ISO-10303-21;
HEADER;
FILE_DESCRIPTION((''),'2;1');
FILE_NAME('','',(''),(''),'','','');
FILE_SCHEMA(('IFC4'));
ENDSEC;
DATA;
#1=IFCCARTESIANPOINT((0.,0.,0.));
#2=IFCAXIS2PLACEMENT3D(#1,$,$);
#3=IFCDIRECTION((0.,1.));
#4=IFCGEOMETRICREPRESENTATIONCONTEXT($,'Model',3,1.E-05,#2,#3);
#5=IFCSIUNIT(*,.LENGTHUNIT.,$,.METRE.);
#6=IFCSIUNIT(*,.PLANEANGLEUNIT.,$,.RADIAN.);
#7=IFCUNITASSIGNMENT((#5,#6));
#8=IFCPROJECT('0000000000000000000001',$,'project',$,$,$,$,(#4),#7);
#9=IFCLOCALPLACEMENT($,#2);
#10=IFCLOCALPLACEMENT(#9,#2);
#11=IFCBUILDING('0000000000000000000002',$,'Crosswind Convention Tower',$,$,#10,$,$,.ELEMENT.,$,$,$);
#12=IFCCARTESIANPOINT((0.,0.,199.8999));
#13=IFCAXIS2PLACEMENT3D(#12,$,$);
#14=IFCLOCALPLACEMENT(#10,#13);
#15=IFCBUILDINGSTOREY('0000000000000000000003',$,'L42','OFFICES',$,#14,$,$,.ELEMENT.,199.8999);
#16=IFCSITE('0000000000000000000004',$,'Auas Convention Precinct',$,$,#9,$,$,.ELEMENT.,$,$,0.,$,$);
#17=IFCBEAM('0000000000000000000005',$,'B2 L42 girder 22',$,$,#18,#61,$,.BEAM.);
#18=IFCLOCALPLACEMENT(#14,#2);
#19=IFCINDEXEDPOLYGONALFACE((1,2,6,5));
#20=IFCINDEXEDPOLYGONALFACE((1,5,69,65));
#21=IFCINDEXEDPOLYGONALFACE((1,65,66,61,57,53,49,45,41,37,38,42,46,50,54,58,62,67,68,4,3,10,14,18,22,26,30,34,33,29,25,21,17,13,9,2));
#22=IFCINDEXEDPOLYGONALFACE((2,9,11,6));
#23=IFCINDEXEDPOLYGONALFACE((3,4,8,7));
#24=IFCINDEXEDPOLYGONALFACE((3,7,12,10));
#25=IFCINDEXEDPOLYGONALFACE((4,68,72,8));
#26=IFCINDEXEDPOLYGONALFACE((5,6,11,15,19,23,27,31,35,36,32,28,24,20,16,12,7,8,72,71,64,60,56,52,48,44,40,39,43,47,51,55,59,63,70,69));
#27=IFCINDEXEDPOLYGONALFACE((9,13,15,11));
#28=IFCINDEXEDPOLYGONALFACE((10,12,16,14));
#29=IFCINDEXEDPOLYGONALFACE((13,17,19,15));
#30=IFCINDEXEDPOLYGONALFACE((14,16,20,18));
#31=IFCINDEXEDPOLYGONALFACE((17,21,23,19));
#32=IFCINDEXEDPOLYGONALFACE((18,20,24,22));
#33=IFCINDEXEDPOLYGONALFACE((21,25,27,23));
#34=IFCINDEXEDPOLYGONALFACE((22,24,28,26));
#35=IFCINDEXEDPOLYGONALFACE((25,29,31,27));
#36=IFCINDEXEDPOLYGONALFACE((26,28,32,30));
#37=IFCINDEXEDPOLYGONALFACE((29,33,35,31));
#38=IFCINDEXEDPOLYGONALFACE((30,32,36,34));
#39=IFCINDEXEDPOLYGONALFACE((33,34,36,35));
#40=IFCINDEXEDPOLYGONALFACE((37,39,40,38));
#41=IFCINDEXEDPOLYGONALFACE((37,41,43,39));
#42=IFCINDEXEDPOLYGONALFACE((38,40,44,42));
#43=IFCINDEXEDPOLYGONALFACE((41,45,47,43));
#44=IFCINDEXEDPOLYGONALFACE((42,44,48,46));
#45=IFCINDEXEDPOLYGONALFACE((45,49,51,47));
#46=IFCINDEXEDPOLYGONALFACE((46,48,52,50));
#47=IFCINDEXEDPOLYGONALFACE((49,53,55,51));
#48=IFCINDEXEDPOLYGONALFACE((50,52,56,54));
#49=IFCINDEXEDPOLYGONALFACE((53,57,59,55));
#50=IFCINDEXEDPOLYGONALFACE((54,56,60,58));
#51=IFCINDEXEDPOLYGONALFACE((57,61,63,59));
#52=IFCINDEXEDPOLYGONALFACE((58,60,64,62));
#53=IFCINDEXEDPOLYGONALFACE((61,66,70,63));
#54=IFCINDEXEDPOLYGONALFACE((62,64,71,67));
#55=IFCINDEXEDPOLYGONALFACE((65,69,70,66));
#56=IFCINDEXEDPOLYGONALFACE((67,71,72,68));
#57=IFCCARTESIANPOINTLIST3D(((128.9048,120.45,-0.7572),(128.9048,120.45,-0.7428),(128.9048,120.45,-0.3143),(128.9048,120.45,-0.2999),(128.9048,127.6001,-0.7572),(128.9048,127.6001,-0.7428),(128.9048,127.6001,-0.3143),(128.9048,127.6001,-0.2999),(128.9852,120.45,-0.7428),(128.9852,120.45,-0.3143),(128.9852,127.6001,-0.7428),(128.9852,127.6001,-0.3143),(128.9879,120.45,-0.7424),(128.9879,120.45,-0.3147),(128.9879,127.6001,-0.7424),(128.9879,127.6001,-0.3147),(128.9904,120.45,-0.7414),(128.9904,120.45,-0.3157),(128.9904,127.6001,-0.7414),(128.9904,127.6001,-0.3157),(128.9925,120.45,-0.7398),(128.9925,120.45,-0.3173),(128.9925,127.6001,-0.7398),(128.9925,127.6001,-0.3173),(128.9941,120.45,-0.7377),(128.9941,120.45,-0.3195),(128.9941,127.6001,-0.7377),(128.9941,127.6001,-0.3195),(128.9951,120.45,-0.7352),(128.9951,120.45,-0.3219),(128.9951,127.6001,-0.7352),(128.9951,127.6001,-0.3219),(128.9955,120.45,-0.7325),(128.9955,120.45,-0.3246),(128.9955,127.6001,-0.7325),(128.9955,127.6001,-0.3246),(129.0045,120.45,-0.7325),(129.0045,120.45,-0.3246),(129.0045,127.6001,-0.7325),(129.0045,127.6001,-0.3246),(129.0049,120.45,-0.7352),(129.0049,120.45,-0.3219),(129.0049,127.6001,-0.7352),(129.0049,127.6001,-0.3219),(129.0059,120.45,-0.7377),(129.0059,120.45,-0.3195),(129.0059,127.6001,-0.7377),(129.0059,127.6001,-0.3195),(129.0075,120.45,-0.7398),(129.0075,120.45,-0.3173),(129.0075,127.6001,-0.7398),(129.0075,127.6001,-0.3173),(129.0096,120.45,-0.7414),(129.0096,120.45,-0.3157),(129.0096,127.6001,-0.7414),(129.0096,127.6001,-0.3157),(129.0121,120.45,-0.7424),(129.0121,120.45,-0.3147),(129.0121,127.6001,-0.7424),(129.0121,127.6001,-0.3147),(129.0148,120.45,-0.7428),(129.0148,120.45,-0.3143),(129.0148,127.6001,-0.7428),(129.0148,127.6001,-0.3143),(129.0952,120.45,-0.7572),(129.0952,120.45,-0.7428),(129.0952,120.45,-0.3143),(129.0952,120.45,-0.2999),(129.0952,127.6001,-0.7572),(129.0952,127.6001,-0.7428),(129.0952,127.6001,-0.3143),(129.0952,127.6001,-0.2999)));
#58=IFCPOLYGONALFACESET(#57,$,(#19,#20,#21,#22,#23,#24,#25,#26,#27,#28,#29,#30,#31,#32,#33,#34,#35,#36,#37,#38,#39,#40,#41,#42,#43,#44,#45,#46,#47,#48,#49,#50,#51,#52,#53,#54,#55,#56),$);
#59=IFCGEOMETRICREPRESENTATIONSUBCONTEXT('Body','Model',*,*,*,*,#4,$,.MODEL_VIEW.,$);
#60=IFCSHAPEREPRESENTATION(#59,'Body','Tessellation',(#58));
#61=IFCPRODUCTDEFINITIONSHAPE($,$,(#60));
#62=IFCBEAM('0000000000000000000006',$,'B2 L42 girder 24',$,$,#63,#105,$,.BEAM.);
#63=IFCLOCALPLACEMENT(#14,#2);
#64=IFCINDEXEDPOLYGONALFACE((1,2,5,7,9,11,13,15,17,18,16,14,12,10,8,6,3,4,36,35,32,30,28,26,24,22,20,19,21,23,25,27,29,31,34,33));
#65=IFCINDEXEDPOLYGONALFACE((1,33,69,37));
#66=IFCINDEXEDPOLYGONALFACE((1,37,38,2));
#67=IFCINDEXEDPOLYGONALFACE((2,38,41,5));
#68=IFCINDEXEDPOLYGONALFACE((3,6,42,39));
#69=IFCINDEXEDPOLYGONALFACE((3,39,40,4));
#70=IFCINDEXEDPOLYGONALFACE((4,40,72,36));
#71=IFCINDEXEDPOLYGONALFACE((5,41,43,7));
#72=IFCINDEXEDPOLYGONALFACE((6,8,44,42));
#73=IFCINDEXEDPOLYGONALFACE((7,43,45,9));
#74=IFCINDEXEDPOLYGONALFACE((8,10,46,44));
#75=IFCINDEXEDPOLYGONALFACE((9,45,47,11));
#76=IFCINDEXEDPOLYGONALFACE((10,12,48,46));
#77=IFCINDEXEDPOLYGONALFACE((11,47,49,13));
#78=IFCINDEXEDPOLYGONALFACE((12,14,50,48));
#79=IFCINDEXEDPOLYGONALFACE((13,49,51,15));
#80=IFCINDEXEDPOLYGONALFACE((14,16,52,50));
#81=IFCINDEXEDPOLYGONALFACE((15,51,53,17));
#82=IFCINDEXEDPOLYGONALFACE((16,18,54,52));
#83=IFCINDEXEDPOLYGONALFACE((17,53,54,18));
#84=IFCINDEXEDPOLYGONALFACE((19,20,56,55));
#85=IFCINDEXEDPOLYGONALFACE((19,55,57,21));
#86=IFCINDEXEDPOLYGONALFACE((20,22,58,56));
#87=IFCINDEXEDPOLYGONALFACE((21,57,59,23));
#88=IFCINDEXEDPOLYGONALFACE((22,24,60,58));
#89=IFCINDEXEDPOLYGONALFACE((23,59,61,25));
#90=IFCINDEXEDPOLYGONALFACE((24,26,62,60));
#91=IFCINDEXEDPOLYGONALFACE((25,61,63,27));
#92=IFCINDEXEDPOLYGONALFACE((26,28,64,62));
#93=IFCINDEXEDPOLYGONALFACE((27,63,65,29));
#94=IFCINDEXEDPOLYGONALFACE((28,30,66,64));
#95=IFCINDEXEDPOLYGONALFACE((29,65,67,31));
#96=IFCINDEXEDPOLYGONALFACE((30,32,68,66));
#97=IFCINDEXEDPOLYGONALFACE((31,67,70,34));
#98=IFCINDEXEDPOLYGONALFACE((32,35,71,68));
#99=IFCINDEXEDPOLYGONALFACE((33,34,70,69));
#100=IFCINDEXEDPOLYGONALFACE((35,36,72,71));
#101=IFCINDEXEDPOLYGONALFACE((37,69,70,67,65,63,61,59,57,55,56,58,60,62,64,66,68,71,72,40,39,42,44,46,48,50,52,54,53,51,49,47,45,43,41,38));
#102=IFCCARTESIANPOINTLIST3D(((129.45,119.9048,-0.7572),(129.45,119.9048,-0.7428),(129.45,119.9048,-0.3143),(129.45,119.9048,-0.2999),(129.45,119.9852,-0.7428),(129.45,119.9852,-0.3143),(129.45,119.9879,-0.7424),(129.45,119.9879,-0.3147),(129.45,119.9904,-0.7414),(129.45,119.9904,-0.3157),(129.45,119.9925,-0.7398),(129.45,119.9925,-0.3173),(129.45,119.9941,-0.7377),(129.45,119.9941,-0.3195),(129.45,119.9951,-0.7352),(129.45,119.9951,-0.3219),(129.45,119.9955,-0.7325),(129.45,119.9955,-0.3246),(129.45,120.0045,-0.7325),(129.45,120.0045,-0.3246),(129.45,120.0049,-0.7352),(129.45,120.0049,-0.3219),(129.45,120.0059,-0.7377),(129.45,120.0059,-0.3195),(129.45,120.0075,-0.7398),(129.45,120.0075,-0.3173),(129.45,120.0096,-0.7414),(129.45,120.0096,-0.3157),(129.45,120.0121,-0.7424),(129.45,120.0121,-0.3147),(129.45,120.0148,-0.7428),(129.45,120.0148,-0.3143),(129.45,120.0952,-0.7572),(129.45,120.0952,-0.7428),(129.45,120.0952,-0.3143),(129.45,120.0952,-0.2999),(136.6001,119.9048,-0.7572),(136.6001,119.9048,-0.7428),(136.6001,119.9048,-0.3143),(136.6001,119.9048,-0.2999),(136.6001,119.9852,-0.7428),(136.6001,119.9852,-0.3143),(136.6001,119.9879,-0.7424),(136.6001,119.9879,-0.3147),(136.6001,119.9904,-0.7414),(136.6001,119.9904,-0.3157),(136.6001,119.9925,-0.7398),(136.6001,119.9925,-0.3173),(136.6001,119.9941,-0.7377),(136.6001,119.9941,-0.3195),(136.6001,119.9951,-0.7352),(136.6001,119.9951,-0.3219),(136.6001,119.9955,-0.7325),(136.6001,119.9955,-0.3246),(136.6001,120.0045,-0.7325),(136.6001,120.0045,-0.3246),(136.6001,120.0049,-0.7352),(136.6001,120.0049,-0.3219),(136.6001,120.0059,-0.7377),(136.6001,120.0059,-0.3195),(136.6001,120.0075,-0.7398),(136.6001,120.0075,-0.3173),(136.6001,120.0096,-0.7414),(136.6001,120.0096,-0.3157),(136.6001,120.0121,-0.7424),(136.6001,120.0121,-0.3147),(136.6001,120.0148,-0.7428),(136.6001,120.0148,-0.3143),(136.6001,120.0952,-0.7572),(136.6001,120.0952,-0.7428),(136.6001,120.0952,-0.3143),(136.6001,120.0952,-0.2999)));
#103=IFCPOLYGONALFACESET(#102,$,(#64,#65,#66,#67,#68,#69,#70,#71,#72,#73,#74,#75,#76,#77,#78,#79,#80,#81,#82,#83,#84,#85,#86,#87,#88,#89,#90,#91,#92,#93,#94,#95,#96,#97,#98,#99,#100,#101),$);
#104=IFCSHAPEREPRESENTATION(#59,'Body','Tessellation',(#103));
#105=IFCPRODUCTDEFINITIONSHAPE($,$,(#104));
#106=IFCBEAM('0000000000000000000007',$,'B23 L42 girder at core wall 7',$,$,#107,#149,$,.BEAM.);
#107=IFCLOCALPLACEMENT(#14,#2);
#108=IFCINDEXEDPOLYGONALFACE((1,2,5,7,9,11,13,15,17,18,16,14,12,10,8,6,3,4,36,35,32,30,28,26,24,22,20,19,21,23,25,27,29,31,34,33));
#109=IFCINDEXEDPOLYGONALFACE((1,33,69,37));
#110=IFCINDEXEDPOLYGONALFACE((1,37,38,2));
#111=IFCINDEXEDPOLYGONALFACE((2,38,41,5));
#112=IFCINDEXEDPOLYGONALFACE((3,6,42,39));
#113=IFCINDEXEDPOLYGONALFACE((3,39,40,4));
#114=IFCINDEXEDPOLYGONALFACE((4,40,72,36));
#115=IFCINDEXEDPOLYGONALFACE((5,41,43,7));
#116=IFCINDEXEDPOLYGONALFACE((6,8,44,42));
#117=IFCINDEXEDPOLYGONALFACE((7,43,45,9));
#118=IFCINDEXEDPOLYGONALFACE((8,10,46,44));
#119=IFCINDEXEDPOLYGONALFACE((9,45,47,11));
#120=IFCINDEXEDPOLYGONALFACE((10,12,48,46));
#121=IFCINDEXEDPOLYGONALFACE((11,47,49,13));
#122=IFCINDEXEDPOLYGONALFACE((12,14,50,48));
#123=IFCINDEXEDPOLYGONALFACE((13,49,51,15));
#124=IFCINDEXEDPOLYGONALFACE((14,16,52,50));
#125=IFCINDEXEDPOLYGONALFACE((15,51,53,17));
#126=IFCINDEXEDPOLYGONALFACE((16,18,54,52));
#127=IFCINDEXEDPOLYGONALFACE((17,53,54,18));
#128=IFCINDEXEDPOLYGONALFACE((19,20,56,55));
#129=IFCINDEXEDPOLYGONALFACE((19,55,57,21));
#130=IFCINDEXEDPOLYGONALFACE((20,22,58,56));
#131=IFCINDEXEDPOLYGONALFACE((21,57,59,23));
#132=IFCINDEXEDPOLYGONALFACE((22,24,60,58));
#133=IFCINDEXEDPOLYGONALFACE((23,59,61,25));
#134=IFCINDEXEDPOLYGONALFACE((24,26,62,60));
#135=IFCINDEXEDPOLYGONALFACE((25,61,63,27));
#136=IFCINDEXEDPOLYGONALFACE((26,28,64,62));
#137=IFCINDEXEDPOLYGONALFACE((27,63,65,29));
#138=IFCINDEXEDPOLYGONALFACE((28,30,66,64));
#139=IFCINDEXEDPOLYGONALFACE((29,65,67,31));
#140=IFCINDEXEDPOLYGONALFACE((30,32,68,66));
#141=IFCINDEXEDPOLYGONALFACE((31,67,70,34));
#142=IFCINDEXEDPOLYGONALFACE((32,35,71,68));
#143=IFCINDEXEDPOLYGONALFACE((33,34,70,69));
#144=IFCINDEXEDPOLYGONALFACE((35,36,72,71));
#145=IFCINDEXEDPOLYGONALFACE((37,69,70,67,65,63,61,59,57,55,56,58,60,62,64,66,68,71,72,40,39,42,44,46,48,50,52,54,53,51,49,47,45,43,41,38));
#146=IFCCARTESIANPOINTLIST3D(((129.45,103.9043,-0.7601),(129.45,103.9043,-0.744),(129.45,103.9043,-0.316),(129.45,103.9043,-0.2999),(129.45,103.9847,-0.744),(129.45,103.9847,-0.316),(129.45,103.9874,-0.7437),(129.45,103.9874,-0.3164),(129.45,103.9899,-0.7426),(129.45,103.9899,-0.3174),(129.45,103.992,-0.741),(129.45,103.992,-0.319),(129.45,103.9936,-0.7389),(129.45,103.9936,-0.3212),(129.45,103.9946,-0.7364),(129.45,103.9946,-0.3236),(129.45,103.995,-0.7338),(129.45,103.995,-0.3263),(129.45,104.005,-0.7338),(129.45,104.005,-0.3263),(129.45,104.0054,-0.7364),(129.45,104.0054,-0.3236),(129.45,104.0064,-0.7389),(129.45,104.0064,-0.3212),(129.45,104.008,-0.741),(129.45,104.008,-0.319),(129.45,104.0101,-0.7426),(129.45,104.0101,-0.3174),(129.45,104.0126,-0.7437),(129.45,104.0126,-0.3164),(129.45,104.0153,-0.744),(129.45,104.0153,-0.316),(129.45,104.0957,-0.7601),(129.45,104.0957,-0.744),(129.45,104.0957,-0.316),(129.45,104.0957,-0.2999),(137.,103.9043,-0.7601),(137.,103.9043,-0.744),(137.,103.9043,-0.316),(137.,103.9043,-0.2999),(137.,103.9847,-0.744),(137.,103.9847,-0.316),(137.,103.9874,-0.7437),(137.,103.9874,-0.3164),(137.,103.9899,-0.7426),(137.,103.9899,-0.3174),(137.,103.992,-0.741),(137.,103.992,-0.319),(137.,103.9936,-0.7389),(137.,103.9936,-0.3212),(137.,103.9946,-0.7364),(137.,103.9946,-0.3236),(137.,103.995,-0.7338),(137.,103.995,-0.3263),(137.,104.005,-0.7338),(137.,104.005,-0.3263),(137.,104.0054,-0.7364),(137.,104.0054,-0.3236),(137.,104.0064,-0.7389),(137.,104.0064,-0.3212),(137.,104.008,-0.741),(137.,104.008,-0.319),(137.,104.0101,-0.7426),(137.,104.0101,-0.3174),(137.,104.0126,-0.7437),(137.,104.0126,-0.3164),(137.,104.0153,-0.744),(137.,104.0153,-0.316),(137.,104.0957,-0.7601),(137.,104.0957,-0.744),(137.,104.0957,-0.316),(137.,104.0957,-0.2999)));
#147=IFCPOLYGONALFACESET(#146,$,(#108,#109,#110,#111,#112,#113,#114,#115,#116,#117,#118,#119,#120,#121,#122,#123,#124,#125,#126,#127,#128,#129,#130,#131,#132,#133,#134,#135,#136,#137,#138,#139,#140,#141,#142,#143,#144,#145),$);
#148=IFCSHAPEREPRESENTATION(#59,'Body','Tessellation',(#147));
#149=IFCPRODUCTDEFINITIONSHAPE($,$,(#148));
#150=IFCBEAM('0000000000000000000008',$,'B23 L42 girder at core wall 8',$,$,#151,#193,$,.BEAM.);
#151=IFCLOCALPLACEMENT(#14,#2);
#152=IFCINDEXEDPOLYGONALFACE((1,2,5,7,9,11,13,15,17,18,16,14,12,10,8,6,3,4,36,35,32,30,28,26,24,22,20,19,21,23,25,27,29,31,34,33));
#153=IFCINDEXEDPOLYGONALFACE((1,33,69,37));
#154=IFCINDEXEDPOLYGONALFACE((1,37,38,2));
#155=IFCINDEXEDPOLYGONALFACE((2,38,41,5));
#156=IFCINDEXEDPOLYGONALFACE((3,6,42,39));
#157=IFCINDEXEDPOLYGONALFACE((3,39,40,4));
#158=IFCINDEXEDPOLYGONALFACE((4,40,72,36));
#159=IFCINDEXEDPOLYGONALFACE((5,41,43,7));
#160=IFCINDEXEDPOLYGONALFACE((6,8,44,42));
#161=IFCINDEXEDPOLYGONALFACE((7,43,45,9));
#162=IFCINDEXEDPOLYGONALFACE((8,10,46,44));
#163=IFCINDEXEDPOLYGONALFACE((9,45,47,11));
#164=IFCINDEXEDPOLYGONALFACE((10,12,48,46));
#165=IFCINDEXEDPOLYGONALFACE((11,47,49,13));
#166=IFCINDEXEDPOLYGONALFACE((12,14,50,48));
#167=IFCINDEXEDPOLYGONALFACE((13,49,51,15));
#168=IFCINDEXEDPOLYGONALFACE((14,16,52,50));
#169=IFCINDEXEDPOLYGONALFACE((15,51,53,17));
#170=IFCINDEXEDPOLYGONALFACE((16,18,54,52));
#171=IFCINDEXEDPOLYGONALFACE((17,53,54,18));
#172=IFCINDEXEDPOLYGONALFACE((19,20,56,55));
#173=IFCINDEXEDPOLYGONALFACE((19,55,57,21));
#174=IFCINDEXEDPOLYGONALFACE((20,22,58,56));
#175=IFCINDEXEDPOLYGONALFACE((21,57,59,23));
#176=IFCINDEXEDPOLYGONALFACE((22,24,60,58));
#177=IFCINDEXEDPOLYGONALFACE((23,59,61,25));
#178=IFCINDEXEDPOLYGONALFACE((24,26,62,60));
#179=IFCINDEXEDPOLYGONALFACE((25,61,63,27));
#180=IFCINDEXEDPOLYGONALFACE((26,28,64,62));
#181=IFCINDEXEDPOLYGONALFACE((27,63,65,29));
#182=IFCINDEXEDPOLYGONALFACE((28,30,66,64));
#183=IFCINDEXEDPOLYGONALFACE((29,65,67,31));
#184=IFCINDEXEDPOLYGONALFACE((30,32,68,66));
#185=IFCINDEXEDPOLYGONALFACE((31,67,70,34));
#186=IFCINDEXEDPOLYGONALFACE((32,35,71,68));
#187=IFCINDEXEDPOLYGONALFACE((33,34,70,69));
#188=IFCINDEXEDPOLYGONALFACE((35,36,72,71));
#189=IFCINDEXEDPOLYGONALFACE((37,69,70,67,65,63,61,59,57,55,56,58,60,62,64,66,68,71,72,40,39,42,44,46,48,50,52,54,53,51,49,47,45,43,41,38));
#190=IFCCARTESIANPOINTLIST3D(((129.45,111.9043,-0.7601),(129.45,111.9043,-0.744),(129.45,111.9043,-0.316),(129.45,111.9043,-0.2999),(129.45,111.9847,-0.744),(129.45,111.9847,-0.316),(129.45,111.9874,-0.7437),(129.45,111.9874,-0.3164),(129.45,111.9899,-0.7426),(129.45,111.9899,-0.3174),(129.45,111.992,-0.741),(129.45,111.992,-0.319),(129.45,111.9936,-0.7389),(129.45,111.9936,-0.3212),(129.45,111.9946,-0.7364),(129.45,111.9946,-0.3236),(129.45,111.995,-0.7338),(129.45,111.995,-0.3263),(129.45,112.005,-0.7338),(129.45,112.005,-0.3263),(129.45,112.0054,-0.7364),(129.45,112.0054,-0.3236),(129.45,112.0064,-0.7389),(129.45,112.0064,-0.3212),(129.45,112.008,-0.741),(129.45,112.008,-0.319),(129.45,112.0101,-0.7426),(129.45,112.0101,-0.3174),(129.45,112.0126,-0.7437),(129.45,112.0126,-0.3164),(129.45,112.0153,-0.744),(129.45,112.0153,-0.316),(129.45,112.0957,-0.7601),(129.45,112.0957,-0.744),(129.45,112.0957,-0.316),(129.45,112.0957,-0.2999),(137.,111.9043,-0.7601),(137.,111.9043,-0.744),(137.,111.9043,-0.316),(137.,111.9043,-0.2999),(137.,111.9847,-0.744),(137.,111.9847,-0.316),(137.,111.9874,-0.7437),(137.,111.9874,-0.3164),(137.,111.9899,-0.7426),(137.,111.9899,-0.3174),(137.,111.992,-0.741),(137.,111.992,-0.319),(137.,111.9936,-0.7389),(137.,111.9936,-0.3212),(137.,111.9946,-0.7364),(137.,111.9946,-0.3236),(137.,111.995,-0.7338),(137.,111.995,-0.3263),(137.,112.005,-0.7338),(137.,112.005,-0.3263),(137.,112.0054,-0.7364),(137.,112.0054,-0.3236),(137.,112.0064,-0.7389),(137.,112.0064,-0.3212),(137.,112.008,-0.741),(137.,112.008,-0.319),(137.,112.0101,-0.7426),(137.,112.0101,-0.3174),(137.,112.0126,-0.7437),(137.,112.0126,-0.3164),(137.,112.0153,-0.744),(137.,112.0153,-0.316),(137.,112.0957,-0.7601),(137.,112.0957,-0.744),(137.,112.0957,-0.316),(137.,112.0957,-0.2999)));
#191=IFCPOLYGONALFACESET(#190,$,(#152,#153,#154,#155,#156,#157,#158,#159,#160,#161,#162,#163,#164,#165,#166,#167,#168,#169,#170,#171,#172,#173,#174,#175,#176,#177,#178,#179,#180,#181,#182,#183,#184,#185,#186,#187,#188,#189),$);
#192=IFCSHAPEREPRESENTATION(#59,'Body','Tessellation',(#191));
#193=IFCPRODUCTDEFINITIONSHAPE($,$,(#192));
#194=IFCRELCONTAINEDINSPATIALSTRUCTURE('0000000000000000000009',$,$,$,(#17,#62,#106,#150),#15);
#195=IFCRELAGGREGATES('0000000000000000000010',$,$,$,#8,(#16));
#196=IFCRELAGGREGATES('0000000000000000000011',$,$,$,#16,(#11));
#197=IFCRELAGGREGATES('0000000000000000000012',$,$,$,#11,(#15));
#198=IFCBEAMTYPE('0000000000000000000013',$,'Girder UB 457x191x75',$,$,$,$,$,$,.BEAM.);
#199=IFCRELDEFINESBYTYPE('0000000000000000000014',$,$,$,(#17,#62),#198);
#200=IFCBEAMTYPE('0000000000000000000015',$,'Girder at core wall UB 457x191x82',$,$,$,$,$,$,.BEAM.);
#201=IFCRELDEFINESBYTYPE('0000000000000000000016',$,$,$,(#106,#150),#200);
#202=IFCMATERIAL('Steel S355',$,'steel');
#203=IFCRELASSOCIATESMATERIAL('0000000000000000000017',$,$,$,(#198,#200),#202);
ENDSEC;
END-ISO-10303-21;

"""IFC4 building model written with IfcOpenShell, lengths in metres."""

from ifc_helpers import new_model, si_unit, direction, frame, origin, origin_2d, place, context, subcontext, project, spatial, i_section, extrude, material, material_profile, profile_set, type_object, element, save


model = new_model("IFC4")

# Units and contexts
model_context = context("Model", 3, precision=1e-05, world=origin(), true_north=direction((0.0, 1.0)))
body_context = subcontext(model_context, "Body", "Model", "MODEL_VIEW")
ifc_project = project(units=[si_unit("LENGTHUNIT", "METRE"), si_unit("PLANEANGLEUNIT", "RADIAN")], contexts=[model_context])

# Site, building, storey
site_placement = place(None, origin())
site = spatial("IfcSite", under=ifc_project, at=site_placement, Name="Auas Convention Precinct", CompositionType="ELEMENT", RefElevation=0.0)
building_placement = place(site_placement, origin())
building = spatial("IfcBuilding", under=site, at=building_placement, Name="Crosswind Convention Tower", CompositionType="ELEMENT")
storey_placement = place(building_placement, frame((0.0, 0.0, 199.8999)))
storey = spatial("IfcBuildingStorey", under=building, at=storey_placement, Name="L42", Description="OFFICES", CompositionType="ELEMENT", Elevation=199.8999)

# Beams
ifc_material_1 = material(Name="Steel S355", Category="steel")
ifc_material_profile_1 = material_profile(ifc_material_1, i_section(OverallWidth=0.1904, OverallDepth=0.4573, WebThickness=0.009, FlangeThickness=0.0144, FilletRadius=0.0103, at=origin_2d()), Name="UB 457x191x75")
ifc_profile_set_1 = profile_set([ifc_material_profile_1], Name="Steel S355")
beam_type_1 = type_object("IfcBeamType", Name="Girder UB 457x191x75", PredefinedType="BEAM", material=ifc_profile_set_1)
for number, where, z_axis, x_axis, name in (
    (1, (129.0, 120.45, -0.5286), (0.0, 1.0, 0.0), (-1.0, 0.0, 0.0), "B2 L42 girder 22"),
    (2, (129.45, 120.0, -0.5286), (1.0, 0.0, 0.0), (0.0, 1.0, 0.0), "B2 L42 girder 24"),
):
    element("IfcBeam", number, at=place(storey_placement, frame(where, z_axis=z_axis, x_axis=x_axis)), inside=storey, type_object=beam_type_1, Name=name, PredefinedType="BEAM", context=body_context, shape_type="SweptSolid", body=[
        extrude(i_section(OverallWidth=0.1904, OverallDepth=0.4573, WebThickness=0.009, FlangeThickness=0.0144, FilletRadius=0.0103, at=origin_2d()), origin(), (0.0, 0.0, 1.0), 7.1501),
    ])
ifc_material_profile_2 = material_profile(ifc_material_1, i_section(OverallWidth=0.1914, OverallDepth=0.4602, WebThickness=0.01, FlangeThickness=0.0161, FilletRadius=0.0103, at=origin_2d()), Name="UB 457x191x82")
ifc_profile_set_2 = profile_set([ifc_material_profile_2], Name="Steel S355")
beam_type_2 = type_object("IfcBeamType", Name="Girder at core wall UB 457x191x82", PredefinedType="BEAM", material=ifc_profile_set_2)
for number, where, z_axis, x_axis, name in (
    (3, (129.45, 104.0, -0.53), (1.0, 0.0, 0.0), (0.0, 1.0, 0.0), "B23 L42 girder at core wall 7"),
    (4, (129.45, 112.0, -0.53), (1.0, 0.0, 0.0), (0.0, 1.0, 0.0), "B23 L42 girder at core wall 8"),
):
    element("IfcBeam", number, at=place(storey_placement, frame(where, z_axis=z_axis, x_axis=x_axis)), inside=storey, type_object=beam_type_2, Name=name, PredefinedType="BEAM", context=body_context, shape_type="SweptSolid", body=[
        extrude(i_section(OverallWidth=0.1914, OverallDepth=0.4602, WebThickness=0.01, FlangeThickness=0.0161, FilletRadius=0.0103, at=origin_2d()), origin(), (0.0, 0.0, 1.0), 7.55),
    ])

save(model, "model.ifc")
